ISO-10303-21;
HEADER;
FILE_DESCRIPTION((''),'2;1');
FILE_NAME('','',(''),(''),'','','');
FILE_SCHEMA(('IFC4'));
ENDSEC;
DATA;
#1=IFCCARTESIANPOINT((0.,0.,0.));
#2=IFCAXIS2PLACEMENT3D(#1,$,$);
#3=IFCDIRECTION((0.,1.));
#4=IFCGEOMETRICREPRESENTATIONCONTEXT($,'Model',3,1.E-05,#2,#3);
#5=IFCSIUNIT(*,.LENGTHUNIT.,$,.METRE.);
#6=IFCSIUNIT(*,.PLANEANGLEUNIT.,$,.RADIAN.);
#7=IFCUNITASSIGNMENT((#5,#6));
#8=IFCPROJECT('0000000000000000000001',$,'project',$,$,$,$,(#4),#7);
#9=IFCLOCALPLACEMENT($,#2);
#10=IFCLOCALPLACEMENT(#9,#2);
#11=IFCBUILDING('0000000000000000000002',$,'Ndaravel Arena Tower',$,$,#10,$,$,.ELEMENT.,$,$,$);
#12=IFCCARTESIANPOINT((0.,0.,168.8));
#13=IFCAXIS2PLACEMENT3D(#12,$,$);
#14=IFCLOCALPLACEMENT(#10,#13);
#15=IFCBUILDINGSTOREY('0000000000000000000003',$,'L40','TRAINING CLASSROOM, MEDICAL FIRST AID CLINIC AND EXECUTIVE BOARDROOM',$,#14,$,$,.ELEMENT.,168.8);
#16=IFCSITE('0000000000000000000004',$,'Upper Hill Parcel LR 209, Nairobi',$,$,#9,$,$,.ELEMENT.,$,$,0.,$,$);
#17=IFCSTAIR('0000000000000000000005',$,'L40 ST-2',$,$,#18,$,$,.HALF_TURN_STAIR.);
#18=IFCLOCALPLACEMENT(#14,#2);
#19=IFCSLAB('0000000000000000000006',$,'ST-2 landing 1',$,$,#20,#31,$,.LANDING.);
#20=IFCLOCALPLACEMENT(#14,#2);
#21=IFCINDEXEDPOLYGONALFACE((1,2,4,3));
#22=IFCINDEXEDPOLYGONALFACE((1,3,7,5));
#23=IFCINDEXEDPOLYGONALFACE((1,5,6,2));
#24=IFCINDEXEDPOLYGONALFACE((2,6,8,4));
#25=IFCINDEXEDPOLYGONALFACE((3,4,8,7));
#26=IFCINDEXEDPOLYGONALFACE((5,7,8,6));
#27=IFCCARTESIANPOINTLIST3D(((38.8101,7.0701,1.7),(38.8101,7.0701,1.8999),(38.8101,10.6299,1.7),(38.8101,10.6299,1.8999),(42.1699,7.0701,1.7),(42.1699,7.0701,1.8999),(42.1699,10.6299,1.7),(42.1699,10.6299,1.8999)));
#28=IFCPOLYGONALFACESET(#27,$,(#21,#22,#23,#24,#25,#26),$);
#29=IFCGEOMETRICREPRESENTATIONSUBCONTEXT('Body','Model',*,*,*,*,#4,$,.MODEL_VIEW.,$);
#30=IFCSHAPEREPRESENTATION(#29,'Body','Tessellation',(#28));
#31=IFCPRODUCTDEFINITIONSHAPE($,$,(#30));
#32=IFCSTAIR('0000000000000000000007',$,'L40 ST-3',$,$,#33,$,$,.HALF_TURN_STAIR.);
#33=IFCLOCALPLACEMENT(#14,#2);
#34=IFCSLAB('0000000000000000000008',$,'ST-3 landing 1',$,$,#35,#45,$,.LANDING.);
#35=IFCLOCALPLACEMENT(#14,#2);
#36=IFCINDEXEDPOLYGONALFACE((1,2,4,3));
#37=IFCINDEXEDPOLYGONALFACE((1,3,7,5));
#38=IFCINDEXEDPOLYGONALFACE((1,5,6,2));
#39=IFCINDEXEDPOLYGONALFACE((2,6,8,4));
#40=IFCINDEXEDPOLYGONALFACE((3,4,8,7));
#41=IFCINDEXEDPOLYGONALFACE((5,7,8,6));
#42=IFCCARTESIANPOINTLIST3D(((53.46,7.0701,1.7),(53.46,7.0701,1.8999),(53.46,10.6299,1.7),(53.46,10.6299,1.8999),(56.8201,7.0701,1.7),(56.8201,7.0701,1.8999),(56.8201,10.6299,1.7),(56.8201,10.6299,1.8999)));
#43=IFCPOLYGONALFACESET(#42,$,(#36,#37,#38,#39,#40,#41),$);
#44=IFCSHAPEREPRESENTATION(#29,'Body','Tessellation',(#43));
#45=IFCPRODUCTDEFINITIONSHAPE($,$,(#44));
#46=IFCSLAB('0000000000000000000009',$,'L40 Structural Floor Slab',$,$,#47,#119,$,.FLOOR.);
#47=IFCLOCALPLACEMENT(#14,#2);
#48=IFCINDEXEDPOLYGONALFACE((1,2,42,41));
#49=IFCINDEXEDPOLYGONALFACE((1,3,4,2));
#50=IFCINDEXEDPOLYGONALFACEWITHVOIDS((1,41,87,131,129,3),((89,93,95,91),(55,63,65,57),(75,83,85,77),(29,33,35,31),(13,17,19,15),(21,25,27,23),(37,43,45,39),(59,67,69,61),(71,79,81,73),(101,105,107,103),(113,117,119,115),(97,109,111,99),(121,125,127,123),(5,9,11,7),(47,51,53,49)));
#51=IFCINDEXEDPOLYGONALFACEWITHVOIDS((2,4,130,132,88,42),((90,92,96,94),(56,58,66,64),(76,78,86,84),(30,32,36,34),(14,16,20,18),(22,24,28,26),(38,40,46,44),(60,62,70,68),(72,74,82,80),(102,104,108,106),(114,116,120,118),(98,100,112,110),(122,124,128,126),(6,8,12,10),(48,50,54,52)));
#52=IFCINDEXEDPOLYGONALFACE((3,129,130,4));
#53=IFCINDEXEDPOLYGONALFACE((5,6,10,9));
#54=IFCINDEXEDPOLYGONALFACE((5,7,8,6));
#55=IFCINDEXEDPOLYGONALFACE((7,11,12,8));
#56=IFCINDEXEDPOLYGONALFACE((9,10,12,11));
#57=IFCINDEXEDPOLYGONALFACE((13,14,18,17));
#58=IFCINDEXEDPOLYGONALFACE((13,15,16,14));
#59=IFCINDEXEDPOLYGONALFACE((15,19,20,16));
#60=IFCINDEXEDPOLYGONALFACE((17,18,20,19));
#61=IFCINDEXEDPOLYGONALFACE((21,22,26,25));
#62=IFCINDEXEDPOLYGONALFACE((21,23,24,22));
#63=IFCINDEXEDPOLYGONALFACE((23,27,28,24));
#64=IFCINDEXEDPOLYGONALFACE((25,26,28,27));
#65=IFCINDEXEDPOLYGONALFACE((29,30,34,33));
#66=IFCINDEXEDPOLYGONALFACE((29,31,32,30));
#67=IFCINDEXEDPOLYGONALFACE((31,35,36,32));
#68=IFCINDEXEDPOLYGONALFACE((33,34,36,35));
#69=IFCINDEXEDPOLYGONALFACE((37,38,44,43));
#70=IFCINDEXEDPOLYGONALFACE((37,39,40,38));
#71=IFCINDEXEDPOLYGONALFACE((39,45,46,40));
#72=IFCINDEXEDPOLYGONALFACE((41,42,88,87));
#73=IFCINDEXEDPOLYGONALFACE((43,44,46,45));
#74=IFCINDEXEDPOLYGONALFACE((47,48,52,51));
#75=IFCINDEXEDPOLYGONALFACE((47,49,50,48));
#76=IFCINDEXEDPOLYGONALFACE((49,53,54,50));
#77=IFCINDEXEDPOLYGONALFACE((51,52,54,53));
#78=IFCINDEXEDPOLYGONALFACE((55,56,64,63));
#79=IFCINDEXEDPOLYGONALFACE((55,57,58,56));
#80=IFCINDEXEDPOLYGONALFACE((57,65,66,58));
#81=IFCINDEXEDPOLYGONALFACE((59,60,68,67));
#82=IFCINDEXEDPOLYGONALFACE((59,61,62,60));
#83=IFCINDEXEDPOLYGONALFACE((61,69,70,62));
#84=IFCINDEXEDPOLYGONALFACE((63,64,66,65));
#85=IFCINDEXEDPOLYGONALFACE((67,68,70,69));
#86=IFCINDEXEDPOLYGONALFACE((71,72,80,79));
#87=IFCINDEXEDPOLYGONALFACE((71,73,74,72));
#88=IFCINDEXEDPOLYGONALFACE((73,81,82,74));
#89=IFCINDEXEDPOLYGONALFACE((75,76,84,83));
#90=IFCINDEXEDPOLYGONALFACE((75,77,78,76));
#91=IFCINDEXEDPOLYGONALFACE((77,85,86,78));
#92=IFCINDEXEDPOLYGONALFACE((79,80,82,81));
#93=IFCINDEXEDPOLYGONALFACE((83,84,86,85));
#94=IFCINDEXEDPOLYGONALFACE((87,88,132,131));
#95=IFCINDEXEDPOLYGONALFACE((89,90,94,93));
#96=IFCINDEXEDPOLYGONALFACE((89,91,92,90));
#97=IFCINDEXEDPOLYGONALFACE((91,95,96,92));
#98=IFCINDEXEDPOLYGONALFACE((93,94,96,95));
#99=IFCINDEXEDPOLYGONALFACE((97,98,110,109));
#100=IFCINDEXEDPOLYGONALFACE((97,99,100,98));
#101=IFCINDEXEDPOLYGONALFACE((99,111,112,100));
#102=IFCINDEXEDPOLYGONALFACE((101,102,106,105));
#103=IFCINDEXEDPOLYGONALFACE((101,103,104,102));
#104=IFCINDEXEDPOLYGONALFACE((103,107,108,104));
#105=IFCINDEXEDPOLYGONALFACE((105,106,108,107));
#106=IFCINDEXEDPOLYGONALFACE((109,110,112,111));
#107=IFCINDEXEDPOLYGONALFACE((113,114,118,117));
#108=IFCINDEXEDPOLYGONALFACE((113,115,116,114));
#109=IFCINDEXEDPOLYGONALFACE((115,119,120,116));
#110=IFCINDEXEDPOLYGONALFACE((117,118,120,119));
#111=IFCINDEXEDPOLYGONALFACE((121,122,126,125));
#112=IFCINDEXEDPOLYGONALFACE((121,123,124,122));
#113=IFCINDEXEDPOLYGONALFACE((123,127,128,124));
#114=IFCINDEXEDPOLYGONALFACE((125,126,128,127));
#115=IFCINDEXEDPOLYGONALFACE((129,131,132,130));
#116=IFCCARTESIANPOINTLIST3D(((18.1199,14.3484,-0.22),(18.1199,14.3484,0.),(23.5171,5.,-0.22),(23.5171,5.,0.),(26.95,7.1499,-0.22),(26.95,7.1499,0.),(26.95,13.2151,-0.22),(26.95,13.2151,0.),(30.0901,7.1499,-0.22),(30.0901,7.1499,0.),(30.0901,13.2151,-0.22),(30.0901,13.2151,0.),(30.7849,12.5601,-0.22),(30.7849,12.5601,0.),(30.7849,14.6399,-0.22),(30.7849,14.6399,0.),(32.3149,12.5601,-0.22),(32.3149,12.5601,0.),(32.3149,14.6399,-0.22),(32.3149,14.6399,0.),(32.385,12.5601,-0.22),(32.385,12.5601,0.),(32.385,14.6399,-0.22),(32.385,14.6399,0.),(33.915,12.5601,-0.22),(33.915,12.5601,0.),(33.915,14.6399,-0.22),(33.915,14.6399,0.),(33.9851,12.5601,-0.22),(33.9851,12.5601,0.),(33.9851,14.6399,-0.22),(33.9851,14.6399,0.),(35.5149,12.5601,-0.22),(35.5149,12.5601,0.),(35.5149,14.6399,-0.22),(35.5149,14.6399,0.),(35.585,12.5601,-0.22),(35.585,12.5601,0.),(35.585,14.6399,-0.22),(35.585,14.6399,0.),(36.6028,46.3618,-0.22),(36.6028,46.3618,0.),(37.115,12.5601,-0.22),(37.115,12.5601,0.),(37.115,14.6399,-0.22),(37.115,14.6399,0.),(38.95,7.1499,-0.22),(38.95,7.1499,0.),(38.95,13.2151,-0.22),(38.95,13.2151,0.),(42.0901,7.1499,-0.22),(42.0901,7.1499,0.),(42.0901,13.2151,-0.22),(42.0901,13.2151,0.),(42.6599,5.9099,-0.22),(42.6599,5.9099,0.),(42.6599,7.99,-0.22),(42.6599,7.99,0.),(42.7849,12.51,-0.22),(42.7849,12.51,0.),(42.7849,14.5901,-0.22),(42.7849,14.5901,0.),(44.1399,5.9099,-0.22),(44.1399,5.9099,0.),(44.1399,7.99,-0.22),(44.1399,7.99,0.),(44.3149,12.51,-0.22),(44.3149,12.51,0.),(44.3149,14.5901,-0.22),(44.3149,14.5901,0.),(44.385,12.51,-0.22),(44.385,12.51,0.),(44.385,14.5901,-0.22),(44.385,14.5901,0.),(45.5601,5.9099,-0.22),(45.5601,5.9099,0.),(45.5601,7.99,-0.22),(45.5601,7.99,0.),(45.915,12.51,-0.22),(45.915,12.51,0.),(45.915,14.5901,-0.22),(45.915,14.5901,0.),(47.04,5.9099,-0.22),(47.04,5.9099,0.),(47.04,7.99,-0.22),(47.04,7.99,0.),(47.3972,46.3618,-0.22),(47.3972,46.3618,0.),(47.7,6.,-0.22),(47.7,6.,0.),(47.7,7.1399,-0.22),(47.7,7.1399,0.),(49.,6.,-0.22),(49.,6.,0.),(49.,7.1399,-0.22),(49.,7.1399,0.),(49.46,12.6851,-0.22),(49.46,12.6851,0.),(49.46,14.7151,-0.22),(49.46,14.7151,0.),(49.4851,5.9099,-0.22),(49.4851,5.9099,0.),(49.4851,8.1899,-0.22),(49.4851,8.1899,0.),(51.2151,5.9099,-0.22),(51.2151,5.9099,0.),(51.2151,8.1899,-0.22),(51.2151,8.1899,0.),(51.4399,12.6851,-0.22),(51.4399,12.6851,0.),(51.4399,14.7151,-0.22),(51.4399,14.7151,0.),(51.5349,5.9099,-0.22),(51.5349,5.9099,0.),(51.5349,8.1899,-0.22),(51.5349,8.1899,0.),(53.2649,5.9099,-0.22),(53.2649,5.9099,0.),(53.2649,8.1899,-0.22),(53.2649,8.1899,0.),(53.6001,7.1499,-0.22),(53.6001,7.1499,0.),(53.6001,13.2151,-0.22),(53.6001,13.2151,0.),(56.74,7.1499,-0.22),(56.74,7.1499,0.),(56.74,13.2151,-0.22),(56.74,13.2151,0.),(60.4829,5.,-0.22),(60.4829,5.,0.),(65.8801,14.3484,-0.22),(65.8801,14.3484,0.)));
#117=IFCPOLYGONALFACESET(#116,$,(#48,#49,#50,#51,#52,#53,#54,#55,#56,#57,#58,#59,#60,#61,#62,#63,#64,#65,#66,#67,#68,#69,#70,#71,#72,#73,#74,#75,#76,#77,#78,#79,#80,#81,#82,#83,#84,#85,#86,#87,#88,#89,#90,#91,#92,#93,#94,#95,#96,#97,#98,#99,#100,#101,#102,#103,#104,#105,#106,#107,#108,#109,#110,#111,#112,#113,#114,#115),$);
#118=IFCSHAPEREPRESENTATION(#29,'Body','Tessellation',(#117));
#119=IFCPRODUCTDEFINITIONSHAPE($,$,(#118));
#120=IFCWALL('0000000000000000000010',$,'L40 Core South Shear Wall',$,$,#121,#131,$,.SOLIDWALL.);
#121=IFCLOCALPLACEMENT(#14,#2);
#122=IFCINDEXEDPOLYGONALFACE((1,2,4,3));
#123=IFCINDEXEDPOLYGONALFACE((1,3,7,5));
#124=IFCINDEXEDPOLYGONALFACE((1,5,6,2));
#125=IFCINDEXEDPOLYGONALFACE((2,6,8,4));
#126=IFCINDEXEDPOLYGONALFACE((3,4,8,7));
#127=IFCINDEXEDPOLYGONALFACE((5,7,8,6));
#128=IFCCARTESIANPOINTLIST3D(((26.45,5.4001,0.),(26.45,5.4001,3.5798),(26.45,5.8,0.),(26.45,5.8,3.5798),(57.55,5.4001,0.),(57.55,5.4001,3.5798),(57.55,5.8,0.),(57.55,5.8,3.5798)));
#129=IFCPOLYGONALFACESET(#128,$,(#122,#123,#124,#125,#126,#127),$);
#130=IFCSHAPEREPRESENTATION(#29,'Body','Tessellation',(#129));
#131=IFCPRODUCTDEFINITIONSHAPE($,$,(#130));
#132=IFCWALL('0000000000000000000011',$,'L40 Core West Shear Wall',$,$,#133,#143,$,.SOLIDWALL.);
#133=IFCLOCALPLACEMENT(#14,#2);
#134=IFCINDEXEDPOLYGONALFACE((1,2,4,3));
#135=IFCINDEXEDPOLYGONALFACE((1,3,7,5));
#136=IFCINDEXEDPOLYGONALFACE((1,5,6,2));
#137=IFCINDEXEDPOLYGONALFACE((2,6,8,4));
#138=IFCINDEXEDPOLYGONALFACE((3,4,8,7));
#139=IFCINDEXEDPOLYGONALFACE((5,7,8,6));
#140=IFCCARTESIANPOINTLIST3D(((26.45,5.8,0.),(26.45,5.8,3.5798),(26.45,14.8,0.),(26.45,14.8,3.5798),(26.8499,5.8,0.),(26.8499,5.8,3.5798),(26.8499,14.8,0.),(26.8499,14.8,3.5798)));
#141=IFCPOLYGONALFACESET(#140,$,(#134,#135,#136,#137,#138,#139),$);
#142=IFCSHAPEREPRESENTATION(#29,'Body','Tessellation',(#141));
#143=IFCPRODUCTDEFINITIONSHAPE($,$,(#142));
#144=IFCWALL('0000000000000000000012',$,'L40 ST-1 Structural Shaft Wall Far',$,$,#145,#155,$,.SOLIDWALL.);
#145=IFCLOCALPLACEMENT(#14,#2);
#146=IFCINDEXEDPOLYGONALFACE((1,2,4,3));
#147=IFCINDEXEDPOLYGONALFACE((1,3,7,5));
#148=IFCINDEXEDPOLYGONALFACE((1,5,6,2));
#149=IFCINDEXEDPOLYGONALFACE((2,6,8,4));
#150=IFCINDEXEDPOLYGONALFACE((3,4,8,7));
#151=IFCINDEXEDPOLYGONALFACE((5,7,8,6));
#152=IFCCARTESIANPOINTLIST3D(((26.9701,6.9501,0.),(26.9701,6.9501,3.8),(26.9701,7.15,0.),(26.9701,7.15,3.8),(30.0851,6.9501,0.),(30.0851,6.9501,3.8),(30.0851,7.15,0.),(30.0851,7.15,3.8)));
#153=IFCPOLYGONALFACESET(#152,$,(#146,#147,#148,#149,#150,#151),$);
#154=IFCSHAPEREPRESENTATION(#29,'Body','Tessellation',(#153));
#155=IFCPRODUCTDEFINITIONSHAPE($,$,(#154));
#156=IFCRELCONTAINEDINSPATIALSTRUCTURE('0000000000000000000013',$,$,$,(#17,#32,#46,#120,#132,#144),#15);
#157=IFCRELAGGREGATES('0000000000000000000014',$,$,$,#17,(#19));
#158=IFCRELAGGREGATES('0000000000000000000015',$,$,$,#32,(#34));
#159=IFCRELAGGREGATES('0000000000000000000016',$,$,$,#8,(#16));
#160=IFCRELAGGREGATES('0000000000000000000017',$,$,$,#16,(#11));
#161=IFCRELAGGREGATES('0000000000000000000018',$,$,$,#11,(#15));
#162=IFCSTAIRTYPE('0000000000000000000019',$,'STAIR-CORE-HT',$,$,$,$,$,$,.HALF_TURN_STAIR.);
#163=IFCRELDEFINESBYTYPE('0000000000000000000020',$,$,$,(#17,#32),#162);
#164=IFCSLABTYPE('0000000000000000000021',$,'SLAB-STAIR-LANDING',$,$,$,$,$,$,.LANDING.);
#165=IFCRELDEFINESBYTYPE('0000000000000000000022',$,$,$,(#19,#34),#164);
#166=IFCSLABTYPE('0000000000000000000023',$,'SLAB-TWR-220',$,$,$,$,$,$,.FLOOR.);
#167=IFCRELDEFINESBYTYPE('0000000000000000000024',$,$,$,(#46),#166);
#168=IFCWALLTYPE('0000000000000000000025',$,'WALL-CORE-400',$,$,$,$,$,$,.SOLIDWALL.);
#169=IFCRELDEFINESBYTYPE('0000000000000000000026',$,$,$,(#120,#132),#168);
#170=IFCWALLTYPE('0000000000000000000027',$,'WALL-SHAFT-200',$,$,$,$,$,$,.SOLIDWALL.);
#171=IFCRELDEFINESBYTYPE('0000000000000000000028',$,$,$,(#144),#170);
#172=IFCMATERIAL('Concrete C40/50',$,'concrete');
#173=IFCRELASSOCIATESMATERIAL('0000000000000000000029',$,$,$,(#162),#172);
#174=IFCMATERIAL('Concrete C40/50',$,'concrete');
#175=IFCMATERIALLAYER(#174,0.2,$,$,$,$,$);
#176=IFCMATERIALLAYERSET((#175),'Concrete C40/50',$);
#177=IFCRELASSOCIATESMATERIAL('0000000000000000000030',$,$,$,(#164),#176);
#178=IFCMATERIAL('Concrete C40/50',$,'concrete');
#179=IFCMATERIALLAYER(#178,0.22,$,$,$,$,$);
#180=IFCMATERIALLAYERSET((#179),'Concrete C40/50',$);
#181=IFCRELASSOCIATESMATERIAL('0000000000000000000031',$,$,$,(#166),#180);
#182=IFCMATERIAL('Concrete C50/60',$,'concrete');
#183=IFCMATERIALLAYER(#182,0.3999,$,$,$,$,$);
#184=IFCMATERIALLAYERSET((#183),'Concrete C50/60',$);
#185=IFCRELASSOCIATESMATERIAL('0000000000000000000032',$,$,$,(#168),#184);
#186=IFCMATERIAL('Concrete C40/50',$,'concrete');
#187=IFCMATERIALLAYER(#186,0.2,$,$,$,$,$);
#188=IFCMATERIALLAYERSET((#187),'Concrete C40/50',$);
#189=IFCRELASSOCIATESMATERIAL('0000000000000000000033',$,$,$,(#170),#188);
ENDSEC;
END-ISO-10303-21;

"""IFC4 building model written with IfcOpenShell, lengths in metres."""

from ifc_helpers import new_model, si_unit, direction, frame, frame_2d, origin, place, context, subcontext, project, spatial, polyline, rectangle, outline, extrude, material, layer, layer_set, type_object, element, aggregate, save


model = new_model("IFC4")

# Units and contexts
model_context = context("Model", 3, precision=1e-05, world=origin(), true_north=direction((0.0, 1.0)))
body_context = subcontext(model_context, "Body", "Model", "MODEL_VIEW")
ifc_project = project(units=[si_unit("LENGTHUNIT", "METRE"), si_unit("PLANEANGLEUNIT", "RADIAN")], contexts=[model_context])

# Site, building, storey
site_placement = place(None, origin())
site = spatial("IfcSite", under=ifc_project, at=site_placement, Name="Upper Hill Parcel LR 209, Nairobi", CompositionType="ELEMENT", RefElevation=0.0)
building_placement = place(site_placement, origin())
building = spatial("IfcBuilding", under=site, at=building_placement, Name="Ndaravel Arena Tower", CompositionType="ELEMENT")
storey_placement = place(building_placement, frame((0.0, 0.0, 168.8)))
storey = spatial("IfcBuildingStorey", under=building, at=storey_placement, Name="L40", Description="TRAINING CLASSROOM, MEDICAL FIRST AID CLINIC AND EXECUTIVE BOARDROOM", CompositionType="ELEMENT", Elevation=168.8)

# Stairs, slabs
ifc_material_1 = material(Name="Concrete C40/50", Category="concrete")
stair_type = type_object("IfcStairType", Name="STAIR-CORE-HT", PredefinedType="HALF_TURN_STAIR", material=ifc_material_1)
ifc_material_2 = material(Name="Concrete C40/50", Category="concrete")
ifc_layer_1 = layer(ifc_material_2, 0.2)
ifc_layer_set_1 = layer_set([ifc_layer_1], Name="Concrete C40/50")
slab_type_1 = type_object("IfcSlabType", Name="SLAB-STAIR-LANDING", PredefinedType="LANDING", material=ifc_layer_set_1)
stair_1_placement = place(storey_placement, origin())
stair_1 = element("IfcStair", 1, at=stair_1_placement, inside=storey, type_object=stair_type, Name="L40 ST-2", PredefinedType="HALF_TURN_STAIR")
slab_1_placement = place(storey_placement, frame((0.0, 0.0, 1.7)))
slab_1 = element("IfcSlab", 2, at=slab_1_placement, type_object=slab_type_1, Name="ST-2 landing 1", PredefinedType="LANDING", context=body_context, shape_type="SweptSolid", body=[
    extrude(outline(polyline([(38.8101, 10.6299), (38.8101, 7.0701), (42.1699, 7.0701), (42.1699, 10.6299), (38.8101, 10.6299)])), origin(), (0.0, 0.0, 1.0), 0.2),
])
aggregate(stair_1, [slab_1])
stair_2_placement = place(storey_placement, origin())
stair_2 = element("IfcStair", 3, at=stair_2_placement, inside=storey, type_object=stair_type, Name="L40 ST-3", PredefinedType="HALF_TURN_STAIR")
slab_2_placement = place(storey_placement, frame((0.0, 0.0, 1.7)))
slab_2 = element("IfcSlab", 4, at=slab_2_placement, type_object=slab_type_1, Name="ST-3 landing 1", PredefinedType="LANDING", context=body_context, shape_type="SweptSolid", body=[
    extrude(outline(polyline([(53.46, 10.6299), (53.46, 7.0701), (56.8201, 7.0701), (56.8201, 10.6299), (53.46, 10.6299)])), origin(), (0.0, 0.0, 1.0), 0.2),
])
aggregate(stair_2, [slab_2])

# Slab
ifc_material_3 = material(Name="Concrete C40/50", Category="concrete")
ifc_layer_2 = layer(ifc_material_3, 0.22)
ifc_layer_set_2 = layer_set([ifc_layer_2], Name="Concrete C40/50")
slab_type_2 = type_object("IfcSlabType", Name="SLAB-TWR-220", PredefinedType="FLOOR", material=ifc_layer_set_2)
slab_3_placement = place(storey_placement, frame((0.0, 0.0, -0.22)))
element("IfcSlab", 5, at=slab_3_placement, inside=storey, type_object=slab_type_2, Name="L40 Structural Floor Slab", PredefinedType="FLOOR", context=body_context, shape_type="SweptSolid", body=[
    extrude(outline(polyline([(18.1199, 14.3484), (23.5171, 5.0), (60.4829, 5.0), (65.8801, 14.3484), (47.3972, 46.3618), (36.6028, 46.3618), (18.1199, 14.3484)]), holes=[polyline([(26.95, 13.2151), (26.95, 7.1499), (30.0901, 7.1499), (30.0901, 13.2151), (26.95, 13.2151)]), polyline([(38.95, 13.2151), (38.95, 7.1499), (42.0901, 7.1499), (42.0901, 13.2151), (38.95, 13.2151)]), polyline([(53.6001, 13.2151), (53.6001, 7.1499), (56.74, 7.1499), (56.74, 13.2151), (53.6001, 13.2151)]), polyline([(30.7849, 12.5601), (32.3149, 12.5601), (32.3149, 14.6399), (30.7849, 14.6399), (30.7849, 12.5601)]), polyline([(32.385, 12.5601), (33.915, 12.5601), (33.915, 14.6399), (32.385, 14.6399), (32.385, 12.5601)]), polyline([(33.9851, 12.5601), (35.5149, 12.5601), (35.5149, 14.6399), (33.9851, 14.6399), (33.9851, 12.5601)]), polyline([(35.585, 12.5601), (37.115, 12.5601), (37.115, 14.6399), (35.585, 14.6399), (35.585, 12.5601)]), polyline([(42.6599, 5.9099), (44.1399, 5.9099), (44.1399, 7.99), (42.6599, 7.99), (42.6599, 5.9099)]), polyline([(45.5601, 5.9099), (47.04, 5.9099), (47.04, 7.99), (45.5601, 7.99), (45.5601, 5.9099)]), polyline([(42.7849, 12.51), (44.3149, 12.51), (44.3149, 14.5901), (42.7849, 14.5901), (42.7849, 12.51)]), polyline([(44.385, 12.51), (45.915, 12.51), (45.915, 14.5901), (44.385, 14.5901), (44.385, 12.51)]), polyline([(49.4851, 5.9099), (51.2151, 5.9099), (51.2151, 8.1899), (49.4851, 8.1899), (49.4851, 5.9099)]), polyline([(51.5349, 5.9099), (53.2649, 5.9099), (53.2649, 8.1899), (51.5349, 8.1899), (51.5349, 5.9099)]), polyline([(49.46, 12.6851), (51.4399, 12.6851), (51.4399, 14.7151), (49.46, 14.7151), (49.46, 12.6851)]), polyline([(47.7, 6.0), (49.0, 6.0), (49.0, 7.1399), (47.7, 7.1399), (47.7, 6.0)])]), origin(), (0.0, 0.0, 1.0), 0.22),
])

# Walls
ifc_material_4 = material(Name="Concrete C50/60", Category="concrete")
ifc_layer_3 = layer(ifc_material_4, 0.3999)
ifc_layer_set_3 = layer_set([ifc_layer_3], Name="Concrete C50/60")
wall_type_1 = type_object("IfcWallType", Name="WALL-CORE-400", PredefinedType="SOLIDWALL", material=ifc_layer_set_3)
wall_1_placement = place(storey_placement, frame((26.45, 5.6001, 0.0), z_axis=(0.0, 0.0, 1.0), x_axis=(1.0, 0.0, 0.0)))
element("IfcWall", 6, at=wall_1_placement, inside=storey, type_object=wall_type_1, Name="L40 Core South Shear Wall", PredefinedType="SOLIDWALL", context=body_context, shape_type="SweptSolid", body=[
    extrude(rectangle(XDim=31.1001, YDim=0.3999, at=frame_2d((15.55, 0.0))), origin(), (0.0, 0.0, 1.0), 3.5798),
])
wall_2_placement = place(storey_placement, frame((26.6499, 5.8, 0.0), z_axis=(0.0, 0.0, 1.0), x_axis=(0.0, 1.0, 0.0)))
element("IfcWall", 7, at=wall_2_placement, inside=storey, type_object=wall_type_1, Name="L40 Core West Shear Wall", PredefinedType="SOLIDWALL", context=body_context, shape_type="SweptSolid", body=[
    extrude(rectangle(XDim=9.0, YDim=0.3999, at=frame_2d((4.5, 0.0))), origin(), (0.0, 0.0, 1.0), 3.5798),
])
ifc_material_5 = material(Name="Concrete C40/50", Category="concrete")
ifc_layer_4 = layer(ifc_material_5, 0.2)
ifc_layer_set_4 = layer_set([ifc_layer_4], Name="Concrete C40/50")
wall_type_2 = type_object("IfcWallType", Name="WALL-SHAFT-200", PredefinedType="SOLIDWALL", material=ifc_layer_set_4)
wall_3_placement = place(storey_placement, frame((26.97, 7.05, 0.0), z_axis=(0.0, 0.0, 1.0), x_axis=(1.0, 0.0, 0.0)))
element("IfcWall", 8, at=wall_3_placement, inside=storey, type_object=wall_type_2, Name="L40 ST-1 Structural Shaft Wall Far", PredefinedType="SOLIDWALL", context=body_context, shape_type="SweptSolid", body=[
    extrude(rectangle(XDim=3.115, YDim=0.2, at=frame_2d((1.5576, 0.0))), origin(), (0.0, 0.0, 1.0), 3.8),
])

save(model, "model.ifc")
